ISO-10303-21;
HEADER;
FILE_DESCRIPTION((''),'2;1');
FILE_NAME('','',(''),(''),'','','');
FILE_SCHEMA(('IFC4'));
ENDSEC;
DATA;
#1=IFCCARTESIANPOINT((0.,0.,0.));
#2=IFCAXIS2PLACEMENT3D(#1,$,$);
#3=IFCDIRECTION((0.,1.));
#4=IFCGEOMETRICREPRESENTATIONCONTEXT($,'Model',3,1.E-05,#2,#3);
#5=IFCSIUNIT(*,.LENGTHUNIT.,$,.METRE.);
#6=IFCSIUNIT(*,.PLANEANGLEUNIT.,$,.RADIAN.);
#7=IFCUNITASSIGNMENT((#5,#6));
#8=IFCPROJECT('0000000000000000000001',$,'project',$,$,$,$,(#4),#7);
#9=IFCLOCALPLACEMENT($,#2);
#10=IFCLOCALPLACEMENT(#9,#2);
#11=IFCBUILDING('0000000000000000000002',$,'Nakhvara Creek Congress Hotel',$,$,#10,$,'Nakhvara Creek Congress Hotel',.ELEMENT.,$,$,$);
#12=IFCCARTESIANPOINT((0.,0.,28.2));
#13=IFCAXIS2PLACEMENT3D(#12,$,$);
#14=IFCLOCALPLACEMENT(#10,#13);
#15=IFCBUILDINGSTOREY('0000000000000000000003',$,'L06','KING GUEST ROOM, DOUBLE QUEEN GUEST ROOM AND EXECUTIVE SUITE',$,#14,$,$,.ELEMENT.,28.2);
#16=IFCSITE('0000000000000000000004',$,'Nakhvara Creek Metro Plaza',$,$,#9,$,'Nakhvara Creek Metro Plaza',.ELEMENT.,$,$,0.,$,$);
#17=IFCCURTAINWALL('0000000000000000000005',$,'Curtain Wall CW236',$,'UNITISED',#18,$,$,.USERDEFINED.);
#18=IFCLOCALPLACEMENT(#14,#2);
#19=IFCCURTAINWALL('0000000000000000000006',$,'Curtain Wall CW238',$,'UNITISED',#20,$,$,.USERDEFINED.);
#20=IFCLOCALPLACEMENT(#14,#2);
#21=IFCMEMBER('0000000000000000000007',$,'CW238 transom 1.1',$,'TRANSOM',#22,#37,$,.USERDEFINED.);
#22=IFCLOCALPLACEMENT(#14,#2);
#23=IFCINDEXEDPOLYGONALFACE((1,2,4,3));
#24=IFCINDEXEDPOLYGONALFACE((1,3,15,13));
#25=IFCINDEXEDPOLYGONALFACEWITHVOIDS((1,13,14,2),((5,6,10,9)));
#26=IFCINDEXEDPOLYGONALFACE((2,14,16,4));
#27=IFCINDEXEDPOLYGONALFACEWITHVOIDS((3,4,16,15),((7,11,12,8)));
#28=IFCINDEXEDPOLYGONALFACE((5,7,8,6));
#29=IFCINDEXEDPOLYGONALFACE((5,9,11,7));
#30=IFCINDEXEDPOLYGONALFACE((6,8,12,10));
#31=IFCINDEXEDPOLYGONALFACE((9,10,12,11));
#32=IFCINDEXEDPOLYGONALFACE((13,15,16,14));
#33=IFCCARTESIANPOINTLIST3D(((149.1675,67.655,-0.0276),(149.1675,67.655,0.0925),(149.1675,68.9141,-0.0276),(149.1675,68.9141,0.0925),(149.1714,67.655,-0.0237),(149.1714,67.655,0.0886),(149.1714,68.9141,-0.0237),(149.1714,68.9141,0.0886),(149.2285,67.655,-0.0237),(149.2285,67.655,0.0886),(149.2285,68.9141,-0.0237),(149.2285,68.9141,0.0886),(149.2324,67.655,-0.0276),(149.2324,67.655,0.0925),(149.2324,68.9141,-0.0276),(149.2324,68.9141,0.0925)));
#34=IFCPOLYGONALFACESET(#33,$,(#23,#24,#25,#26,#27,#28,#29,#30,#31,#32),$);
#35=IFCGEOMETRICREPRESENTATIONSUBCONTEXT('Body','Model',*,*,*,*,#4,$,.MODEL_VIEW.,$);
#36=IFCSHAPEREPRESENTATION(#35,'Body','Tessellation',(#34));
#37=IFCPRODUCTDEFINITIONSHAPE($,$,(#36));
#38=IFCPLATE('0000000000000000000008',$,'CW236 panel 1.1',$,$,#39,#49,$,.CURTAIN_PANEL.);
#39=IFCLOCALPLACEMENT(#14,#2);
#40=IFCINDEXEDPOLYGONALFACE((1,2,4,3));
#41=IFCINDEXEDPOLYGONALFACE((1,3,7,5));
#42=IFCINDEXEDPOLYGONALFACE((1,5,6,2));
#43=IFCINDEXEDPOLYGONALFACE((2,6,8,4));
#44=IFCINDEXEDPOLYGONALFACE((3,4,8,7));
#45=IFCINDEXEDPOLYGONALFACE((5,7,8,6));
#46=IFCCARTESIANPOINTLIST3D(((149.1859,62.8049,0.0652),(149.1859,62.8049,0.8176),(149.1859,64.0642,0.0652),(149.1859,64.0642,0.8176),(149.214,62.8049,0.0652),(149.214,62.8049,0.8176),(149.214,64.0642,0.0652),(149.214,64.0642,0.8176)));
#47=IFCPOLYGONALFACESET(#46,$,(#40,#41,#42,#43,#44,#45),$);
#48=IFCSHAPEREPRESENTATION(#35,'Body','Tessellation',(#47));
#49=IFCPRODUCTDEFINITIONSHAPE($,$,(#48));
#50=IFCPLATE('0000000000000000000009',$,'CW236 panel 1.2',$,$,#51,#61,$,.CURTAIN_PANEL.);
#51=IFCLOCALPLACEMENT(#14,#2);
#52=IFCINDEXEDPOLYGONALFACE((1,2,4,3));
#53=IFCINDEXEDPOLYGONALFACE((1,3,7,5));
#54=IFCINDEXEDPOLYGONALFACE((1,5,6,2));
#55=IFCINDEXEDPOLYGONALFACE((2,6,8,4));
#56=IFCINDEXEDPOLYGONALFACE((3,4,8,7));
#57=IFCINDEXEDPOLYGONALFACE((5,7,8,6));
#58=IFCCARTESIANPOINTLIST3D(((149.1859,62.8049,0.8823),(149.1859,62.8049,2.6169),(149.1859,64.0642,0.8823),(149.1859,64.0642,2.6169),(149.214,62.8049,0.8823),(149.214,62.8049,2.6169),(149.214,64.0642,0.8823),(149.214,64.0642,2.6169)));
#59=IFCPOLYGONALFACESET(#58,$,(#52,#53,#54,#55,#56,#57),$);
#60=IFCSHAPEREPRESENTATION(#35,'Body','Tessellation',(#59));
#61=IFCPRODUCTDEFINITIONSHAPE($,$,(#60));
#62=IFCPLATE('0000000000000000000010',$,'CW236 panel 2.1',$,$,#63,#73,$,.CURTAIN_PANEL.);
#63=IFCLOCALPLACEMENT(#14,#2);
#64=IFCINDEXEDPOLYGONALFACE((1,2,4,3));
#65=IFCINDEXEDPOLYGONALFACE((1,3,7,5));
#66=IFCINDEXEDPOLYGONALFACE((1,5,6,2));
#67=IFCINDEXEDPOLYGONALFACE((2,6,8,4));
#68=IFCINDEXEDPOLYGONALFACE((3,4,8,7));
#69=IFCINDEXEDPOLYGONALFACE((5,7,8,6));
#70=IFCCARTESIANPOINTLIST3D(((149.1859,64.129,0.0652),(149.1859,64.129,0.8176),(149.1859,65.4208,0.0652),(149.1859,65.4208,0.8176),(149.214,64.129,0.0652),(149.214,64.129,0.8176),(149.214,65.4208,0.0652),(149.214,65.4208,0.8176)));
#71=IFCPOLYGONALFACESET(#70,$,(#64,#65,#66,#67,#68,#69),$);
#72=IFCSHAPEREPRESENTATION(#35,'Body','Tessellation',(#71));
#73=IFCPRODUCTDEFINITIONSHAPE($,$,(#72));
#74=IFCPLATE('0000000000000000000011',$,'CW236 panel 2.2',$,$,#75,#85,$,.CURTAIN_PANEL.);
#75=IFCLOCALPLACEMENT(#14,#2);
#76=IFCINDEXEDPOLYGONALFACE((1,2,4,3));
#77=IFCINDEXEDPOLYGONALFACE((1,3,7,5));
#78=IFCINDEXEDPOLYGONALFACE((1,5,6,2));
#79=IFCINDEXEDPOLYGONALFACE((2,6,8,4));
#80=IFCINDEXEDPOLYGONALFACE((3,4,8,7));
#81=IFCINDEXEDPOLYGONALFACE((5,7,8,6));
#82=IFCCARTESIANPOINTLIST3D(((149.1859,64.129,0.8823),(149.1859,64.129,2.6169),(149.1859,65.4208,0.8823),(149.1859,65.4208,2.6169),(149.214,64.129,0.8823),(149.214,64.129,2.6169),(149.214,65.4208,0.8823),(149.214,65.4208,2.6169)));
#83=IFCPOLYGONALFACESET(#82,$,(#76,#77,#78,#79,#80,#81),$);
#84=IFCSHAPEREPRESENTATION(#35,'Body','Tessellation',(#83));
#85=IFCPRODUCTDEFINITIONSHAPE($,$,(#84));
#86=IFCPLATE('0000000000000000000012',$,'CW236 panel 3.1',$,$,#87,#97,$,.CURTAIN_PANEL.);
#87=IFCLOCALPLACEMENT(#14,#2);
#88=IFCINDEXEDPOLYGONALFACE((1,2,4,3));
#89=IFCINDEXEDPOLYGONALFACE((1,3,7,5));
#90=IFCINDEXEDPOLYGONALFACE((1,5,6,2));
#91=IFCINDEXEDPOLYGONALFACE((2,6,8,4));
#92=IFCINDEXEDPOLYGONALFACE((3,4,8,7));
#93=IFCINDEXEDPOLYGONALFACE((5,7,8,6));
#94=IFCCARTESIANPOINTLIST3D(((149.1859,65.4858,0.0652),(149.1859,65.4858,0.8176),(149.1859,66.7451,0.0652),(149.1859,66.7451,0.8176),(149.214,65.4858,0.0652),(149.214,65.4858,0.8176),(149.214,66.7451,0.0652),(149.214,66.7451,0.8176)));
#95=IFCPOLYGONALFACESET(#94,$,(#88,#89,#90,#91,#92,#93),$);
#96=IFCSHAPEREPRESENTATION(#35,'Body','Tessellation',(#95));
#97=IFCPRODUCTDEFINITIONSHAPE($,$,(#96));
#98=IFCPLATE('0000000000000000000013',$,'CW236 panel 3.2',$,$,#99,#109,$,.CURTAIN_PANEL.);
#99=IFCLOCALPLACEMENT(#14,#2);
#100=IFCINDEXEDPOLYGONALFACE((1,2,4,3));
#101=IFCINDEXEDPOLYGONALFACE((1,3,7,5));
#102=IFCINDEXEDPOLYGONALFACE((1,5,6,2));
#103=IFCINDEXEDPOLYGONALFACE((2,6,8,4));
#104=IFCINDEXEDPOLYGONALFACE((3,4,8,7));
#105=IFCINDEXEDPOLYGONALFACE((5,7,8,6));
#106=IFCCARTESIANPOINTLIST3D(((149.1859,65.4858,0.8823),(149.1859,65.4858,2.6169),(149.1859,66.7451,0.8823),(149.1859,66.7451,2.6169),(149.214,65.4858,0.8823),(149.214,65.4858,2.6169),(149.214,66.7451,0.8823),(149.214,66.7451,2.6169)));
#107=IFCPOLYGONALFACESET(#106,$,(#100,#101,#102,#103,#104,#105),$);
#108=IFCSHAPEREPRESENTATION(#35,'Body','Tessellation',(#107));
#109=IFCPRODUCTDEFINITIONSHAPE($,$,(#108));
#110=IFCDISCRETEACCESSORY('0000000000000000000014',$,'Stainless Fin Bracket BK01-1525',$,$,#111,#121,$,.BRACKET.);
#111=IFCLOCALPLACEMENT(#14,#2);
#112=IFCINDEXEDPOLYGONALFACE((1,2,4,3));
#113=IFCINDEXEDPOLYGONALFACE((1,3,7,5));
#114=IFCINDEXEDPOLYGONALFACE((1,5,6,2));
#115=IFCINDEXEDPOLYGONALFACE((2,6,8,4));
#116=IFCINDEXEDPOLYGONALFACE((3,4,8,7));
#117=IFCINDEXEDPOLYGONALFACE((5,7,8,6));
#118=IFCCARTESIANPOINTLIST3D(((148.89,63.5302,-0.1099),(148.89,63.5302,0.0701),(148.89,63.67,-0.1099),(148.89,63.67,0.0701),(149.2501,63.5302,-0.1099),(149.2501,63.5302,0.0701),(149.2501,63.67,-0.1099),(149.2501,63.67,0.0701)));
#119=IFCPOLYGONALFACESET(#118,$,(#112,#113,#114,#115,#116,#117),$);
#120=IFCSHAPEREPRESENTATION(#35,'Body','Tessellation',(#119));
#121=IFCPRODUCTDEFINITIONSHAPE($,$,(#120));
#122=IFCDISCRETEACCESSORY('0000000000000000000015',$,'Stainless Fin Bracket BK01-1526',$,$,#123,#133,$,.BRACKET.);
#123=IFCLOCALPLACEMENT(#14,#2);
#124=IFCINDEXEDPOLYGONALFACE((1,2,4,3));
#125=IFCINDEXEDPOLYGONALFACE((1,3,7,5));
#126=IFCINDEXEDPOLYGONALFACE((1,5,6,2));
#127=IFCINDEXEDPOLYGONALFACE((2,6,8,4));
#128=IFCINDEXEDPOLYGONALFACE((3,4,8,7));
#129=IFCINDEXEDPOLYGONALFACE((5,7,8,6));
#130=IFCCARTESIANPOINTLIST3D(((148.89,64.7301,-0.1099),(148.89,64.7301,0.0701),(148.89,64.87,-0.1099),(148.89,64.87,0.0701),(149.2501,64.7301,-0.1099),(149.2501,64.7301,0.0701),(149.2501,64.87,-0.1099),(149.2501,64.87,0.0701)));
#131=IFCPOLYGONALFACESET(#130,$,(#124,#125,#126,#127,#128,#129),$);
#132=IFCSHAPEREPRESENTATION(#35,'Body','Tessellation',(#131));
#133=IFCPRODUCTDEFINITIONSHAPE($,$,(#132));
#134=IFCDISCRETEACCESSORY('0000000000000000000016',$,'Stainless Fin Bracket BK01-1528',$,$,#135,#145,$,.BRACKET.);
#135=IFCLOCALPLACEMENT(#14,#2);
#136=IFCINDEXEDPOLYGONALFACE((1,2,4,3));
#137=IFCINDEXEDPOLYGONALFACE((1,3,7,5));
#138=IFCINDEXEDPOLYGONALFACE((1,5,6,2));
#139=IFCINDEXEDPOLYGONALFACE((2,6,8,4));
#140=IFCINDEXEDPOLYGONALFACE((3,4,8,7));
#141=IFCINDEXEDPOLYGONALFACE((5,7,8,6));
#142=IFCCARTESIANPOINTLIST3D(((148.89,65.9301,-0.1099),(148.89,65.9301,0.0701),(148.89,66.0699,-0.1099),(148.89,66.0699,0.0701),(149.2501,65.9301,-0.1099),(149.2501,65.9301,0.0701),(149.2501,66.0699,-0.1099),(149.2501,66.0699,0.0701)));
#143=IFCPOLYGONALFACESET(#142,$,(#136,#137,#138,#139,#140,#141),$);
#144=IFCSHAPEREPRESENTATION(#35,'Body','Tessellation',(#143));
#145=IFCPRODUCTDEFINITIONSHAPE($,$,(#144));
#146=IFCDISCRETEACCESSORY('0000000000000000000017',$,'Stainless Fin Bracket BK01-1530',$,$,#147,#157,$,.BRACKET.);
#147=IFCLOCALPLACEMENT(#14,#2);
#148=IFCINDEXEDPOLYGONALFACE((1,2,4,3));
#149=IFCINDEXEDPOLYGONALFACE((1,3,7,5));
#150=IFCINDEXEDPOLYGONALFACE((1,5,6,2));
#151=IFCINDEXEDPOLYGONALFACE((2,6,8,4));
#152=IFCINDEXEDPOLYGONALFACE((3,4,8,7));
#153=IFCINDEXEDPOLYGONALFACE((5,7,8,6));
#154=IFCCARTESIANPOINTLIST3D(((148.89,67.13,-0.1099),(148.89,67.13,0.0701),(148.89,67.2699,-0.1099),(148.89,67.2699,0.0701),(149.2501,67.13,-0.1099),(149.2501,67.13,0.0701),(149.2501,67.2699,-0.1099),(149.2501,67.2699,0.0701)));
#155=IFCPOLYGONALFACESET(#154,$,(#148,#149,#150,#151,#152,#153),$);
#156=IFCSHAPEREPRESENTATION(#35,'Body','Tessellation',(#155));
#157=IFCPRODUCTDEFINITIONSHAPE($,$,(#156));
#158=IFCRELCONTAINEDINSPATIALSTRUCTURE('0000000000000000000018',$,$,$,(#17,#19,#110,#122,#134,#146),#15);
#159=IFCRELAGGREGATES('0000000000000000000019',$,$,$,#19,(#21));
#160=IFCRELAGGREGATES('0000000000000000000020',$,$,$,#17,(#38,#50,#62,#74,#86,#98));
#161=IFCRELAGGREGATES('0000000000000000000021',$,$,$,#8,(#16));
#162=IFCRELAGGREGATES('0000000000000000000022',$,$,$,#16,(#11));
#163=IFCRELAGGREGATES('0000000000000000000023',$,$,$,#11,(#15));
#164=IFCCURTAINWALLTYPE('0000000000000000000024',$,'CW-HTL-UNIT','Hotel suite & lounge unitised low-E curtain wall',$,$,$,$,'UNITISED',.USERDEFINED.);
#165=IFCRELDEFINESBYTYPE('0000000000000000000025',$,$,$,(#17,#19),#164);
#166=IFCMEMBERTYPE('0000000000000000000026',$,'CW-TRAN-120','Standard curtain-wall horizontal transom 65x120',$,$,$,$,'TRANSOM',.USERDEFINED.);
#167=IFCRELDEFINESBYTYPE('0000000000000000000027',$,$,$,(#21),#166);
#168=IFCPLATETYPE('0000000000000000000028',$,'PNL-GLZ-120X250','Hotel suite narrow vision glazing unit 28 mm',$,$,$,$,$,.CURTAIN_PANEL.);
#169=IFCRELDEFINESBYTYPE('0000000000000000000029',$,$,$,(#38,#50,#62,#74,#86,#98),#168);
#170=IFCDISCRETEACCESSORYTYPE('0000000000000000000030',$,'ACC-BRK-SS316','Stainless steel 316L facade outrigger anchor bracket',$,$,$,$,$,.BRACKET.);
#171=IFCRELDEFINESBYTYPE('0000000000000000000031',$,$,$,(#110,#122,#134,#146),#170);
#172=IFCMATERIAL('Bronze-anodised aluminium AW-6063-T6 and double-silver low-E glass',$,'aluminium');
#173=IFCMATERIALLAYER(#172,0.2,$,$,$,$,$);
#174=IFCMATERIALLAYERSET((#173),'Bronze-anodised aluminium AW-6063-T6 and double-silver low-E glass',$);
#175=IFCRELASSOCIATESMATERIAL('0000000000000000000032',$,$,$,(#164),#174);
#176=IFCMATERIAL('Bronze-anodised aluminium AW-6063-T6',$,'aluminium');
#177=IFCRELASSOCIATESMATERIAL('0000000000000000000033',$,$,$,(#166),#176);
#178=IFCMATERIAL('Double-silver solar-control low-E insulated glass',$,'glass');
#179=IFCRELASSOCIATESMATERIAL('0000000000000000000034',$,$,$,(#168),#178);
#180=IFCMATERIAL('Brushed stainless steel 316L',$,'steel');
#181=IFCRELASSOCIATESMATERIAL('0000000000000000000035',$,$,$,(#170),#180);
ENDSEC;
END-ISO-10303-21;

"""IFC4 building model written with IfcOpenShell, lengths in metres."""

from ifc_helpers import new_model, si_unit, direction, frame, origin, origin_2d, place, context, subcontext, project, spatial, rectangle, hollow_rectangle, extrude, material, layer, layer_set, material_profile, profile_set, type_object, element, aggregate, save


model = new_model("IFC4")

# Units and contexts
model_context = context("Model", 3, precision=1e-05, world=origin(), true_north=direction((0.0, 1.0)))
body_context = subcontext(model_context, "Body", "Model", "MODEL_VIEW")
ifc_project = project(units=[si_unit("LENGTHUNIT", "METRE"), si_unit("PLANEANGLEUNIT", "RADIAN")], contexts=[model_context])

# Site, building, storey
site_placement = place(None, origin())
site = spatial("IfcSite", under=ifc_project, at=site_placement, Name="Nakhvara Creek Metro Plaza", LongName="Nakhvara Creek Metro Plaza", CompositionType="ELEMENT", RefElevation=0.0)
building_placement = place(site_placement, origin())
building = spatial("IfcBuilding", under=site, at=building_placement, Name="Nakhvara Creek Congress Hotel", LongName="Nakhvara Creek Congress Hotel", CompositionType="ELEMENT")
storey_placement = place(building_placement, frame((0.0, 0.0, 28.2)))
storey = spatial("IfcBuildingStorey", under=building, at=storey_placement, Name="L06", Description="KING GUEST ROOM, DOUBLE QUEEN GUEST ROOM AND EXECUTIVE SUITE", CompositionType="ELEMENT", Elevation=28.2)

# Curtain wall
ifc_material_1 = material(Name="Bronze-anodised aluminium AW-6063-T6 and double-silver low-E glass", Category="aluminium")
ifc_layer = layer(ifc_material_1, 0.2)
ifc_layer_set = layer_set([ifc_layer], Name="Bronze-anodised aluminium AW-6063-T6 and double-silver low-E glass")
curtain_wall_type = type_object("IfcCurtainWallType", Name="CW-HTL-UNIT", Description="Hotel suite & lounge unitised low-E curtain wall", ElementType="UNITISED", PredefinedType="USERDEFINED", material=ifc_layer_set)
curtain_wall_1_placement = place(storey_placement, origin())
curtain_wall_1 = element("IfcCurtainWall", 1, at=curtain_wall_1_placement, inside=storey, type_object=curtain_wall_type, Name="Curtain Wall CW236", ObjectType="UNITISED", PredefinedType="USERDEFINED")
ifc_material_2 = material(Name="Bronze-anodised aluminium AW-6063-T6", Category="aluminium")

# Curtain wall
curtain_wall_2_placement = place(storey_placement, origin())
curtain_wall_2 = element("IfcCurtainWall", 2, at=curtain_wall_2_placement, inside=storey, type_object=curtain_wall_type, Name="Curtain Wall CW238", ObjectType="UNITISED", PredefinedType="USERDEFINED")

# Member
ifc_material_profile_1 = material_profile(ifc_material_2, hollow_rectangle(XDim=0.0649, YDim=0.1201, WallThickness=0.0039, at=origin_2d()), Name="ALU-TRAN 65x120x4", Category="LoadBearing")
ifc_profile_set_1 = profile_set([ifc_material_profile_1], Name="Bronze-anodised aluminium AW-6063-T6")
member_type_1 = type_object("IfcMemberType", Name="CW-TRAN-120", Description="Standard curtain-wall horizontal transom 65x120", ElementType="TRANSOM", PredefinedType="USERDEFINED", material=ifc_profile_set_1)
member_1_placement = place(storey_placement, frame((149.2, 67.655, 0.0325), z_axis=(0.0, 1.0, 0.0), x_axis=(-1.0, 0.0, 0.0)))
member_1 = element("IfcMember", 3, at=member_1_placement, type_object=member_type_1, Name="CW238 transom 1.1", ObjectType="TRANSOM", PredefinedType="USERDEFINED", context=body_context, shape_type="SweptSolid", body=[
    extrude(hollow_rectangle(XDim=0.0649, YDim=0.1201, WallThickness=0.0039, at=origin_2d()), origin(), (0.0, 0.0, 1.0), 1.259),
])
aggregate(curtain_wall_2, [member_1])

# Plates
ifc_material_3 = material(Name="Double-silver solar-control low-E insulated glass", Category="glass")
plate_type = type_object("IfcPlateType", Name="PNL-GLZ-120X250", Description="Hotel suite narrow vision glazing unit 28 mm", PredefinedType="CURTAIN_PANEL", material=ifc_material_3)
plate_1_placement = place(storey_placement, frame((149.2, 63.4346, 0.0652), z_axis=(0.0, 0.0, 1.0), x_axis=(0.0, 1.0, 0.0)))
plate_1 = element("IfcPlate", 4, at=plate_1_placement, type_object=plate_type, Name="CW236 panel 1.1", PredefinedType="CURTAIN_PANEL", context=body_context, shape_type="SweptSolid", body=[
    extrude(rectangle(XDim=1.2593, YDim=0.0281, at=origin_2d()), origin(), (0.0, 0.0, 1.0), 0.7524),
])
plate_2_placement = place(storey_placement, frame((149.2, 63.4346, 0.8823), z_axis=(0.0, 0.0, 1.0), x_axis=(0.0, 1.0, 0.0)))
plate_2 = element("IfcPlate", 5, at=plate_2_placement, type_object=plate_type, Name="CW236 panel 1.2", PredefinedType="CURTAIN_PANEL", context=body_context, shape_type="SweptSolid", body=[
    extrude(rectangle(XDim=1.2593, YDim=0.0281, at=origin_2d()), origin(), (0.0, 0.0, 1.0), 1.7346),
])
plate_3_placement = place(storey_placement, frame((149.2, 64.7749, 0.0652), z_axis=(0.0, 0.0, 1.0), x_axis=(0.0, 1.0, 0.0)))
plate_3 = element("IfcPlate", 6, at=plate_3_placement, type_object=plate_type, Name="CW236 panel 2.1", PredefinedType="CURTAIN_PANEL", context=body_context, shape_type="SweptSolid", body=[
    extrude(rectangle(XDim=1.2917, YDim=0.0281, at=origin_2d()), origin(), (0.0, 0.0, 1.0), 0.7524),
])
plate_4_placement = place(storey_placement, frame((149.2, 64.7749, 0.8823), z_axis=(0.0, 0.0, 1.0), x_axis=(0.0, 1.0, 0.0)))
plate_4 = element("IfcPlate", 7, at=plate_4_placement, type_object=plate_type, Name="CW236 panel 2.2", PredefinedType="CURTAIN_PANEL", context=body_context, shape_type="SweptSolid", body=[
    extrude(rectangle(XDim=1.2917, YDim=0.0281, at=origin_2d()), origin(), (0.0, 0.0, 1.0), 1.7346),
])
plate_5_placement = place(storey_placement, frame((149.2, 66.1155, 0.0652), z_axis=(0.0, 0.0, 1.0), x_axis=(0.0, 1.0, 0.0)))
plate_5 = element("IfcPlate", 8, at=plate_5_placement, type_object=plate_type, Name="CW236 panel 3.1", PredefinedType="CURTAIN_PANEL", context=body_context, shape_type="SweptSolid", body=[
    extrude(rectangle(XDim=1.2593, YDim=0.0281, at=origin_2d()), origin(), (0.0, 0.0, 1.0), 0.7524),
])
plate_6_placement = place(storey_placement, frame((149.2, 66.1155, 0.8823), z_axis=(0.0, 0.0, 1.0), x_axis=(0.0, 1.0, 0.0)))
plate_6 = element("IfcPlate", 9, at=plate_6_placement, type_object=plate_type, Name="CW236 panel 3.2", PredefinedType="CURTAIN_PANEL", context=body_context, shape_type="SweptSolid", body=[
    extrude(rectangle(XDim=1.2593, YDim=0.0281, at=origin_2d()), origin(), (0.0, 0.0, 1.0), 1.7346),
])
aggregate(curtain_wall_1, [plate_1, plate_2, plate_3, plate_4, plate_5, plate_6])

# Discrete accessories
ifc_material_4 = material(Name="Brushed stainless steel 316L", Category="steel")
discrete_accessory_type = type_object("IfcDiscreteAccessoryType", Name="ACC-BRK-SS316", Description="Stainless steel 316L facade outrigger anchor bracket", PredefinedType="BRACKET", material=ifc_material_4)
for number, where, z_axis, x_axis, name in (
    (10, (149.0701, 63.6001, -0.1099), (0.0, 0.0, 1.0), (0.0, 1.0, 0.0), "Stainless Fin Bracket BK01-1525"),
    (11, (149.0701, 64.8, -0.1099), (0.0, 0.0, 1.0), (0.0, 1.0, 0.0), "Stainless Fin Bracket BK01-1526"),
    (12, (149.0701, 66.0, -0.1099), (0.0, 0.0, 1.0), (0.0, 1.0, 0.0), "Stainless Fin Bracket BK01-1528"),
    (13, (149.0701, 67.2, -0.1099), (0.0, 0.0, 1.0), (0.0, 1.0, 0.0), "Stainless Fin Bracket BK01-1530"),
):
    element("IfcDiscreteAccessory", number, at=place(storey_placement, frame(where, z_axis=z_axis, x_axis=x_axis)), inside=storey, type_object=discrete_accessory_type, Name=name, PredefinedType="BRACKET", context=body_context, shape_type="SweptSolid", body=[
        extrude(rectangle(XDim=0.1399, YDim=0.3601, at=origin_2d()), origin(), (0.0, 0.0, 1.0), 0.1799),
    ])

save(model, "model.ifc")
